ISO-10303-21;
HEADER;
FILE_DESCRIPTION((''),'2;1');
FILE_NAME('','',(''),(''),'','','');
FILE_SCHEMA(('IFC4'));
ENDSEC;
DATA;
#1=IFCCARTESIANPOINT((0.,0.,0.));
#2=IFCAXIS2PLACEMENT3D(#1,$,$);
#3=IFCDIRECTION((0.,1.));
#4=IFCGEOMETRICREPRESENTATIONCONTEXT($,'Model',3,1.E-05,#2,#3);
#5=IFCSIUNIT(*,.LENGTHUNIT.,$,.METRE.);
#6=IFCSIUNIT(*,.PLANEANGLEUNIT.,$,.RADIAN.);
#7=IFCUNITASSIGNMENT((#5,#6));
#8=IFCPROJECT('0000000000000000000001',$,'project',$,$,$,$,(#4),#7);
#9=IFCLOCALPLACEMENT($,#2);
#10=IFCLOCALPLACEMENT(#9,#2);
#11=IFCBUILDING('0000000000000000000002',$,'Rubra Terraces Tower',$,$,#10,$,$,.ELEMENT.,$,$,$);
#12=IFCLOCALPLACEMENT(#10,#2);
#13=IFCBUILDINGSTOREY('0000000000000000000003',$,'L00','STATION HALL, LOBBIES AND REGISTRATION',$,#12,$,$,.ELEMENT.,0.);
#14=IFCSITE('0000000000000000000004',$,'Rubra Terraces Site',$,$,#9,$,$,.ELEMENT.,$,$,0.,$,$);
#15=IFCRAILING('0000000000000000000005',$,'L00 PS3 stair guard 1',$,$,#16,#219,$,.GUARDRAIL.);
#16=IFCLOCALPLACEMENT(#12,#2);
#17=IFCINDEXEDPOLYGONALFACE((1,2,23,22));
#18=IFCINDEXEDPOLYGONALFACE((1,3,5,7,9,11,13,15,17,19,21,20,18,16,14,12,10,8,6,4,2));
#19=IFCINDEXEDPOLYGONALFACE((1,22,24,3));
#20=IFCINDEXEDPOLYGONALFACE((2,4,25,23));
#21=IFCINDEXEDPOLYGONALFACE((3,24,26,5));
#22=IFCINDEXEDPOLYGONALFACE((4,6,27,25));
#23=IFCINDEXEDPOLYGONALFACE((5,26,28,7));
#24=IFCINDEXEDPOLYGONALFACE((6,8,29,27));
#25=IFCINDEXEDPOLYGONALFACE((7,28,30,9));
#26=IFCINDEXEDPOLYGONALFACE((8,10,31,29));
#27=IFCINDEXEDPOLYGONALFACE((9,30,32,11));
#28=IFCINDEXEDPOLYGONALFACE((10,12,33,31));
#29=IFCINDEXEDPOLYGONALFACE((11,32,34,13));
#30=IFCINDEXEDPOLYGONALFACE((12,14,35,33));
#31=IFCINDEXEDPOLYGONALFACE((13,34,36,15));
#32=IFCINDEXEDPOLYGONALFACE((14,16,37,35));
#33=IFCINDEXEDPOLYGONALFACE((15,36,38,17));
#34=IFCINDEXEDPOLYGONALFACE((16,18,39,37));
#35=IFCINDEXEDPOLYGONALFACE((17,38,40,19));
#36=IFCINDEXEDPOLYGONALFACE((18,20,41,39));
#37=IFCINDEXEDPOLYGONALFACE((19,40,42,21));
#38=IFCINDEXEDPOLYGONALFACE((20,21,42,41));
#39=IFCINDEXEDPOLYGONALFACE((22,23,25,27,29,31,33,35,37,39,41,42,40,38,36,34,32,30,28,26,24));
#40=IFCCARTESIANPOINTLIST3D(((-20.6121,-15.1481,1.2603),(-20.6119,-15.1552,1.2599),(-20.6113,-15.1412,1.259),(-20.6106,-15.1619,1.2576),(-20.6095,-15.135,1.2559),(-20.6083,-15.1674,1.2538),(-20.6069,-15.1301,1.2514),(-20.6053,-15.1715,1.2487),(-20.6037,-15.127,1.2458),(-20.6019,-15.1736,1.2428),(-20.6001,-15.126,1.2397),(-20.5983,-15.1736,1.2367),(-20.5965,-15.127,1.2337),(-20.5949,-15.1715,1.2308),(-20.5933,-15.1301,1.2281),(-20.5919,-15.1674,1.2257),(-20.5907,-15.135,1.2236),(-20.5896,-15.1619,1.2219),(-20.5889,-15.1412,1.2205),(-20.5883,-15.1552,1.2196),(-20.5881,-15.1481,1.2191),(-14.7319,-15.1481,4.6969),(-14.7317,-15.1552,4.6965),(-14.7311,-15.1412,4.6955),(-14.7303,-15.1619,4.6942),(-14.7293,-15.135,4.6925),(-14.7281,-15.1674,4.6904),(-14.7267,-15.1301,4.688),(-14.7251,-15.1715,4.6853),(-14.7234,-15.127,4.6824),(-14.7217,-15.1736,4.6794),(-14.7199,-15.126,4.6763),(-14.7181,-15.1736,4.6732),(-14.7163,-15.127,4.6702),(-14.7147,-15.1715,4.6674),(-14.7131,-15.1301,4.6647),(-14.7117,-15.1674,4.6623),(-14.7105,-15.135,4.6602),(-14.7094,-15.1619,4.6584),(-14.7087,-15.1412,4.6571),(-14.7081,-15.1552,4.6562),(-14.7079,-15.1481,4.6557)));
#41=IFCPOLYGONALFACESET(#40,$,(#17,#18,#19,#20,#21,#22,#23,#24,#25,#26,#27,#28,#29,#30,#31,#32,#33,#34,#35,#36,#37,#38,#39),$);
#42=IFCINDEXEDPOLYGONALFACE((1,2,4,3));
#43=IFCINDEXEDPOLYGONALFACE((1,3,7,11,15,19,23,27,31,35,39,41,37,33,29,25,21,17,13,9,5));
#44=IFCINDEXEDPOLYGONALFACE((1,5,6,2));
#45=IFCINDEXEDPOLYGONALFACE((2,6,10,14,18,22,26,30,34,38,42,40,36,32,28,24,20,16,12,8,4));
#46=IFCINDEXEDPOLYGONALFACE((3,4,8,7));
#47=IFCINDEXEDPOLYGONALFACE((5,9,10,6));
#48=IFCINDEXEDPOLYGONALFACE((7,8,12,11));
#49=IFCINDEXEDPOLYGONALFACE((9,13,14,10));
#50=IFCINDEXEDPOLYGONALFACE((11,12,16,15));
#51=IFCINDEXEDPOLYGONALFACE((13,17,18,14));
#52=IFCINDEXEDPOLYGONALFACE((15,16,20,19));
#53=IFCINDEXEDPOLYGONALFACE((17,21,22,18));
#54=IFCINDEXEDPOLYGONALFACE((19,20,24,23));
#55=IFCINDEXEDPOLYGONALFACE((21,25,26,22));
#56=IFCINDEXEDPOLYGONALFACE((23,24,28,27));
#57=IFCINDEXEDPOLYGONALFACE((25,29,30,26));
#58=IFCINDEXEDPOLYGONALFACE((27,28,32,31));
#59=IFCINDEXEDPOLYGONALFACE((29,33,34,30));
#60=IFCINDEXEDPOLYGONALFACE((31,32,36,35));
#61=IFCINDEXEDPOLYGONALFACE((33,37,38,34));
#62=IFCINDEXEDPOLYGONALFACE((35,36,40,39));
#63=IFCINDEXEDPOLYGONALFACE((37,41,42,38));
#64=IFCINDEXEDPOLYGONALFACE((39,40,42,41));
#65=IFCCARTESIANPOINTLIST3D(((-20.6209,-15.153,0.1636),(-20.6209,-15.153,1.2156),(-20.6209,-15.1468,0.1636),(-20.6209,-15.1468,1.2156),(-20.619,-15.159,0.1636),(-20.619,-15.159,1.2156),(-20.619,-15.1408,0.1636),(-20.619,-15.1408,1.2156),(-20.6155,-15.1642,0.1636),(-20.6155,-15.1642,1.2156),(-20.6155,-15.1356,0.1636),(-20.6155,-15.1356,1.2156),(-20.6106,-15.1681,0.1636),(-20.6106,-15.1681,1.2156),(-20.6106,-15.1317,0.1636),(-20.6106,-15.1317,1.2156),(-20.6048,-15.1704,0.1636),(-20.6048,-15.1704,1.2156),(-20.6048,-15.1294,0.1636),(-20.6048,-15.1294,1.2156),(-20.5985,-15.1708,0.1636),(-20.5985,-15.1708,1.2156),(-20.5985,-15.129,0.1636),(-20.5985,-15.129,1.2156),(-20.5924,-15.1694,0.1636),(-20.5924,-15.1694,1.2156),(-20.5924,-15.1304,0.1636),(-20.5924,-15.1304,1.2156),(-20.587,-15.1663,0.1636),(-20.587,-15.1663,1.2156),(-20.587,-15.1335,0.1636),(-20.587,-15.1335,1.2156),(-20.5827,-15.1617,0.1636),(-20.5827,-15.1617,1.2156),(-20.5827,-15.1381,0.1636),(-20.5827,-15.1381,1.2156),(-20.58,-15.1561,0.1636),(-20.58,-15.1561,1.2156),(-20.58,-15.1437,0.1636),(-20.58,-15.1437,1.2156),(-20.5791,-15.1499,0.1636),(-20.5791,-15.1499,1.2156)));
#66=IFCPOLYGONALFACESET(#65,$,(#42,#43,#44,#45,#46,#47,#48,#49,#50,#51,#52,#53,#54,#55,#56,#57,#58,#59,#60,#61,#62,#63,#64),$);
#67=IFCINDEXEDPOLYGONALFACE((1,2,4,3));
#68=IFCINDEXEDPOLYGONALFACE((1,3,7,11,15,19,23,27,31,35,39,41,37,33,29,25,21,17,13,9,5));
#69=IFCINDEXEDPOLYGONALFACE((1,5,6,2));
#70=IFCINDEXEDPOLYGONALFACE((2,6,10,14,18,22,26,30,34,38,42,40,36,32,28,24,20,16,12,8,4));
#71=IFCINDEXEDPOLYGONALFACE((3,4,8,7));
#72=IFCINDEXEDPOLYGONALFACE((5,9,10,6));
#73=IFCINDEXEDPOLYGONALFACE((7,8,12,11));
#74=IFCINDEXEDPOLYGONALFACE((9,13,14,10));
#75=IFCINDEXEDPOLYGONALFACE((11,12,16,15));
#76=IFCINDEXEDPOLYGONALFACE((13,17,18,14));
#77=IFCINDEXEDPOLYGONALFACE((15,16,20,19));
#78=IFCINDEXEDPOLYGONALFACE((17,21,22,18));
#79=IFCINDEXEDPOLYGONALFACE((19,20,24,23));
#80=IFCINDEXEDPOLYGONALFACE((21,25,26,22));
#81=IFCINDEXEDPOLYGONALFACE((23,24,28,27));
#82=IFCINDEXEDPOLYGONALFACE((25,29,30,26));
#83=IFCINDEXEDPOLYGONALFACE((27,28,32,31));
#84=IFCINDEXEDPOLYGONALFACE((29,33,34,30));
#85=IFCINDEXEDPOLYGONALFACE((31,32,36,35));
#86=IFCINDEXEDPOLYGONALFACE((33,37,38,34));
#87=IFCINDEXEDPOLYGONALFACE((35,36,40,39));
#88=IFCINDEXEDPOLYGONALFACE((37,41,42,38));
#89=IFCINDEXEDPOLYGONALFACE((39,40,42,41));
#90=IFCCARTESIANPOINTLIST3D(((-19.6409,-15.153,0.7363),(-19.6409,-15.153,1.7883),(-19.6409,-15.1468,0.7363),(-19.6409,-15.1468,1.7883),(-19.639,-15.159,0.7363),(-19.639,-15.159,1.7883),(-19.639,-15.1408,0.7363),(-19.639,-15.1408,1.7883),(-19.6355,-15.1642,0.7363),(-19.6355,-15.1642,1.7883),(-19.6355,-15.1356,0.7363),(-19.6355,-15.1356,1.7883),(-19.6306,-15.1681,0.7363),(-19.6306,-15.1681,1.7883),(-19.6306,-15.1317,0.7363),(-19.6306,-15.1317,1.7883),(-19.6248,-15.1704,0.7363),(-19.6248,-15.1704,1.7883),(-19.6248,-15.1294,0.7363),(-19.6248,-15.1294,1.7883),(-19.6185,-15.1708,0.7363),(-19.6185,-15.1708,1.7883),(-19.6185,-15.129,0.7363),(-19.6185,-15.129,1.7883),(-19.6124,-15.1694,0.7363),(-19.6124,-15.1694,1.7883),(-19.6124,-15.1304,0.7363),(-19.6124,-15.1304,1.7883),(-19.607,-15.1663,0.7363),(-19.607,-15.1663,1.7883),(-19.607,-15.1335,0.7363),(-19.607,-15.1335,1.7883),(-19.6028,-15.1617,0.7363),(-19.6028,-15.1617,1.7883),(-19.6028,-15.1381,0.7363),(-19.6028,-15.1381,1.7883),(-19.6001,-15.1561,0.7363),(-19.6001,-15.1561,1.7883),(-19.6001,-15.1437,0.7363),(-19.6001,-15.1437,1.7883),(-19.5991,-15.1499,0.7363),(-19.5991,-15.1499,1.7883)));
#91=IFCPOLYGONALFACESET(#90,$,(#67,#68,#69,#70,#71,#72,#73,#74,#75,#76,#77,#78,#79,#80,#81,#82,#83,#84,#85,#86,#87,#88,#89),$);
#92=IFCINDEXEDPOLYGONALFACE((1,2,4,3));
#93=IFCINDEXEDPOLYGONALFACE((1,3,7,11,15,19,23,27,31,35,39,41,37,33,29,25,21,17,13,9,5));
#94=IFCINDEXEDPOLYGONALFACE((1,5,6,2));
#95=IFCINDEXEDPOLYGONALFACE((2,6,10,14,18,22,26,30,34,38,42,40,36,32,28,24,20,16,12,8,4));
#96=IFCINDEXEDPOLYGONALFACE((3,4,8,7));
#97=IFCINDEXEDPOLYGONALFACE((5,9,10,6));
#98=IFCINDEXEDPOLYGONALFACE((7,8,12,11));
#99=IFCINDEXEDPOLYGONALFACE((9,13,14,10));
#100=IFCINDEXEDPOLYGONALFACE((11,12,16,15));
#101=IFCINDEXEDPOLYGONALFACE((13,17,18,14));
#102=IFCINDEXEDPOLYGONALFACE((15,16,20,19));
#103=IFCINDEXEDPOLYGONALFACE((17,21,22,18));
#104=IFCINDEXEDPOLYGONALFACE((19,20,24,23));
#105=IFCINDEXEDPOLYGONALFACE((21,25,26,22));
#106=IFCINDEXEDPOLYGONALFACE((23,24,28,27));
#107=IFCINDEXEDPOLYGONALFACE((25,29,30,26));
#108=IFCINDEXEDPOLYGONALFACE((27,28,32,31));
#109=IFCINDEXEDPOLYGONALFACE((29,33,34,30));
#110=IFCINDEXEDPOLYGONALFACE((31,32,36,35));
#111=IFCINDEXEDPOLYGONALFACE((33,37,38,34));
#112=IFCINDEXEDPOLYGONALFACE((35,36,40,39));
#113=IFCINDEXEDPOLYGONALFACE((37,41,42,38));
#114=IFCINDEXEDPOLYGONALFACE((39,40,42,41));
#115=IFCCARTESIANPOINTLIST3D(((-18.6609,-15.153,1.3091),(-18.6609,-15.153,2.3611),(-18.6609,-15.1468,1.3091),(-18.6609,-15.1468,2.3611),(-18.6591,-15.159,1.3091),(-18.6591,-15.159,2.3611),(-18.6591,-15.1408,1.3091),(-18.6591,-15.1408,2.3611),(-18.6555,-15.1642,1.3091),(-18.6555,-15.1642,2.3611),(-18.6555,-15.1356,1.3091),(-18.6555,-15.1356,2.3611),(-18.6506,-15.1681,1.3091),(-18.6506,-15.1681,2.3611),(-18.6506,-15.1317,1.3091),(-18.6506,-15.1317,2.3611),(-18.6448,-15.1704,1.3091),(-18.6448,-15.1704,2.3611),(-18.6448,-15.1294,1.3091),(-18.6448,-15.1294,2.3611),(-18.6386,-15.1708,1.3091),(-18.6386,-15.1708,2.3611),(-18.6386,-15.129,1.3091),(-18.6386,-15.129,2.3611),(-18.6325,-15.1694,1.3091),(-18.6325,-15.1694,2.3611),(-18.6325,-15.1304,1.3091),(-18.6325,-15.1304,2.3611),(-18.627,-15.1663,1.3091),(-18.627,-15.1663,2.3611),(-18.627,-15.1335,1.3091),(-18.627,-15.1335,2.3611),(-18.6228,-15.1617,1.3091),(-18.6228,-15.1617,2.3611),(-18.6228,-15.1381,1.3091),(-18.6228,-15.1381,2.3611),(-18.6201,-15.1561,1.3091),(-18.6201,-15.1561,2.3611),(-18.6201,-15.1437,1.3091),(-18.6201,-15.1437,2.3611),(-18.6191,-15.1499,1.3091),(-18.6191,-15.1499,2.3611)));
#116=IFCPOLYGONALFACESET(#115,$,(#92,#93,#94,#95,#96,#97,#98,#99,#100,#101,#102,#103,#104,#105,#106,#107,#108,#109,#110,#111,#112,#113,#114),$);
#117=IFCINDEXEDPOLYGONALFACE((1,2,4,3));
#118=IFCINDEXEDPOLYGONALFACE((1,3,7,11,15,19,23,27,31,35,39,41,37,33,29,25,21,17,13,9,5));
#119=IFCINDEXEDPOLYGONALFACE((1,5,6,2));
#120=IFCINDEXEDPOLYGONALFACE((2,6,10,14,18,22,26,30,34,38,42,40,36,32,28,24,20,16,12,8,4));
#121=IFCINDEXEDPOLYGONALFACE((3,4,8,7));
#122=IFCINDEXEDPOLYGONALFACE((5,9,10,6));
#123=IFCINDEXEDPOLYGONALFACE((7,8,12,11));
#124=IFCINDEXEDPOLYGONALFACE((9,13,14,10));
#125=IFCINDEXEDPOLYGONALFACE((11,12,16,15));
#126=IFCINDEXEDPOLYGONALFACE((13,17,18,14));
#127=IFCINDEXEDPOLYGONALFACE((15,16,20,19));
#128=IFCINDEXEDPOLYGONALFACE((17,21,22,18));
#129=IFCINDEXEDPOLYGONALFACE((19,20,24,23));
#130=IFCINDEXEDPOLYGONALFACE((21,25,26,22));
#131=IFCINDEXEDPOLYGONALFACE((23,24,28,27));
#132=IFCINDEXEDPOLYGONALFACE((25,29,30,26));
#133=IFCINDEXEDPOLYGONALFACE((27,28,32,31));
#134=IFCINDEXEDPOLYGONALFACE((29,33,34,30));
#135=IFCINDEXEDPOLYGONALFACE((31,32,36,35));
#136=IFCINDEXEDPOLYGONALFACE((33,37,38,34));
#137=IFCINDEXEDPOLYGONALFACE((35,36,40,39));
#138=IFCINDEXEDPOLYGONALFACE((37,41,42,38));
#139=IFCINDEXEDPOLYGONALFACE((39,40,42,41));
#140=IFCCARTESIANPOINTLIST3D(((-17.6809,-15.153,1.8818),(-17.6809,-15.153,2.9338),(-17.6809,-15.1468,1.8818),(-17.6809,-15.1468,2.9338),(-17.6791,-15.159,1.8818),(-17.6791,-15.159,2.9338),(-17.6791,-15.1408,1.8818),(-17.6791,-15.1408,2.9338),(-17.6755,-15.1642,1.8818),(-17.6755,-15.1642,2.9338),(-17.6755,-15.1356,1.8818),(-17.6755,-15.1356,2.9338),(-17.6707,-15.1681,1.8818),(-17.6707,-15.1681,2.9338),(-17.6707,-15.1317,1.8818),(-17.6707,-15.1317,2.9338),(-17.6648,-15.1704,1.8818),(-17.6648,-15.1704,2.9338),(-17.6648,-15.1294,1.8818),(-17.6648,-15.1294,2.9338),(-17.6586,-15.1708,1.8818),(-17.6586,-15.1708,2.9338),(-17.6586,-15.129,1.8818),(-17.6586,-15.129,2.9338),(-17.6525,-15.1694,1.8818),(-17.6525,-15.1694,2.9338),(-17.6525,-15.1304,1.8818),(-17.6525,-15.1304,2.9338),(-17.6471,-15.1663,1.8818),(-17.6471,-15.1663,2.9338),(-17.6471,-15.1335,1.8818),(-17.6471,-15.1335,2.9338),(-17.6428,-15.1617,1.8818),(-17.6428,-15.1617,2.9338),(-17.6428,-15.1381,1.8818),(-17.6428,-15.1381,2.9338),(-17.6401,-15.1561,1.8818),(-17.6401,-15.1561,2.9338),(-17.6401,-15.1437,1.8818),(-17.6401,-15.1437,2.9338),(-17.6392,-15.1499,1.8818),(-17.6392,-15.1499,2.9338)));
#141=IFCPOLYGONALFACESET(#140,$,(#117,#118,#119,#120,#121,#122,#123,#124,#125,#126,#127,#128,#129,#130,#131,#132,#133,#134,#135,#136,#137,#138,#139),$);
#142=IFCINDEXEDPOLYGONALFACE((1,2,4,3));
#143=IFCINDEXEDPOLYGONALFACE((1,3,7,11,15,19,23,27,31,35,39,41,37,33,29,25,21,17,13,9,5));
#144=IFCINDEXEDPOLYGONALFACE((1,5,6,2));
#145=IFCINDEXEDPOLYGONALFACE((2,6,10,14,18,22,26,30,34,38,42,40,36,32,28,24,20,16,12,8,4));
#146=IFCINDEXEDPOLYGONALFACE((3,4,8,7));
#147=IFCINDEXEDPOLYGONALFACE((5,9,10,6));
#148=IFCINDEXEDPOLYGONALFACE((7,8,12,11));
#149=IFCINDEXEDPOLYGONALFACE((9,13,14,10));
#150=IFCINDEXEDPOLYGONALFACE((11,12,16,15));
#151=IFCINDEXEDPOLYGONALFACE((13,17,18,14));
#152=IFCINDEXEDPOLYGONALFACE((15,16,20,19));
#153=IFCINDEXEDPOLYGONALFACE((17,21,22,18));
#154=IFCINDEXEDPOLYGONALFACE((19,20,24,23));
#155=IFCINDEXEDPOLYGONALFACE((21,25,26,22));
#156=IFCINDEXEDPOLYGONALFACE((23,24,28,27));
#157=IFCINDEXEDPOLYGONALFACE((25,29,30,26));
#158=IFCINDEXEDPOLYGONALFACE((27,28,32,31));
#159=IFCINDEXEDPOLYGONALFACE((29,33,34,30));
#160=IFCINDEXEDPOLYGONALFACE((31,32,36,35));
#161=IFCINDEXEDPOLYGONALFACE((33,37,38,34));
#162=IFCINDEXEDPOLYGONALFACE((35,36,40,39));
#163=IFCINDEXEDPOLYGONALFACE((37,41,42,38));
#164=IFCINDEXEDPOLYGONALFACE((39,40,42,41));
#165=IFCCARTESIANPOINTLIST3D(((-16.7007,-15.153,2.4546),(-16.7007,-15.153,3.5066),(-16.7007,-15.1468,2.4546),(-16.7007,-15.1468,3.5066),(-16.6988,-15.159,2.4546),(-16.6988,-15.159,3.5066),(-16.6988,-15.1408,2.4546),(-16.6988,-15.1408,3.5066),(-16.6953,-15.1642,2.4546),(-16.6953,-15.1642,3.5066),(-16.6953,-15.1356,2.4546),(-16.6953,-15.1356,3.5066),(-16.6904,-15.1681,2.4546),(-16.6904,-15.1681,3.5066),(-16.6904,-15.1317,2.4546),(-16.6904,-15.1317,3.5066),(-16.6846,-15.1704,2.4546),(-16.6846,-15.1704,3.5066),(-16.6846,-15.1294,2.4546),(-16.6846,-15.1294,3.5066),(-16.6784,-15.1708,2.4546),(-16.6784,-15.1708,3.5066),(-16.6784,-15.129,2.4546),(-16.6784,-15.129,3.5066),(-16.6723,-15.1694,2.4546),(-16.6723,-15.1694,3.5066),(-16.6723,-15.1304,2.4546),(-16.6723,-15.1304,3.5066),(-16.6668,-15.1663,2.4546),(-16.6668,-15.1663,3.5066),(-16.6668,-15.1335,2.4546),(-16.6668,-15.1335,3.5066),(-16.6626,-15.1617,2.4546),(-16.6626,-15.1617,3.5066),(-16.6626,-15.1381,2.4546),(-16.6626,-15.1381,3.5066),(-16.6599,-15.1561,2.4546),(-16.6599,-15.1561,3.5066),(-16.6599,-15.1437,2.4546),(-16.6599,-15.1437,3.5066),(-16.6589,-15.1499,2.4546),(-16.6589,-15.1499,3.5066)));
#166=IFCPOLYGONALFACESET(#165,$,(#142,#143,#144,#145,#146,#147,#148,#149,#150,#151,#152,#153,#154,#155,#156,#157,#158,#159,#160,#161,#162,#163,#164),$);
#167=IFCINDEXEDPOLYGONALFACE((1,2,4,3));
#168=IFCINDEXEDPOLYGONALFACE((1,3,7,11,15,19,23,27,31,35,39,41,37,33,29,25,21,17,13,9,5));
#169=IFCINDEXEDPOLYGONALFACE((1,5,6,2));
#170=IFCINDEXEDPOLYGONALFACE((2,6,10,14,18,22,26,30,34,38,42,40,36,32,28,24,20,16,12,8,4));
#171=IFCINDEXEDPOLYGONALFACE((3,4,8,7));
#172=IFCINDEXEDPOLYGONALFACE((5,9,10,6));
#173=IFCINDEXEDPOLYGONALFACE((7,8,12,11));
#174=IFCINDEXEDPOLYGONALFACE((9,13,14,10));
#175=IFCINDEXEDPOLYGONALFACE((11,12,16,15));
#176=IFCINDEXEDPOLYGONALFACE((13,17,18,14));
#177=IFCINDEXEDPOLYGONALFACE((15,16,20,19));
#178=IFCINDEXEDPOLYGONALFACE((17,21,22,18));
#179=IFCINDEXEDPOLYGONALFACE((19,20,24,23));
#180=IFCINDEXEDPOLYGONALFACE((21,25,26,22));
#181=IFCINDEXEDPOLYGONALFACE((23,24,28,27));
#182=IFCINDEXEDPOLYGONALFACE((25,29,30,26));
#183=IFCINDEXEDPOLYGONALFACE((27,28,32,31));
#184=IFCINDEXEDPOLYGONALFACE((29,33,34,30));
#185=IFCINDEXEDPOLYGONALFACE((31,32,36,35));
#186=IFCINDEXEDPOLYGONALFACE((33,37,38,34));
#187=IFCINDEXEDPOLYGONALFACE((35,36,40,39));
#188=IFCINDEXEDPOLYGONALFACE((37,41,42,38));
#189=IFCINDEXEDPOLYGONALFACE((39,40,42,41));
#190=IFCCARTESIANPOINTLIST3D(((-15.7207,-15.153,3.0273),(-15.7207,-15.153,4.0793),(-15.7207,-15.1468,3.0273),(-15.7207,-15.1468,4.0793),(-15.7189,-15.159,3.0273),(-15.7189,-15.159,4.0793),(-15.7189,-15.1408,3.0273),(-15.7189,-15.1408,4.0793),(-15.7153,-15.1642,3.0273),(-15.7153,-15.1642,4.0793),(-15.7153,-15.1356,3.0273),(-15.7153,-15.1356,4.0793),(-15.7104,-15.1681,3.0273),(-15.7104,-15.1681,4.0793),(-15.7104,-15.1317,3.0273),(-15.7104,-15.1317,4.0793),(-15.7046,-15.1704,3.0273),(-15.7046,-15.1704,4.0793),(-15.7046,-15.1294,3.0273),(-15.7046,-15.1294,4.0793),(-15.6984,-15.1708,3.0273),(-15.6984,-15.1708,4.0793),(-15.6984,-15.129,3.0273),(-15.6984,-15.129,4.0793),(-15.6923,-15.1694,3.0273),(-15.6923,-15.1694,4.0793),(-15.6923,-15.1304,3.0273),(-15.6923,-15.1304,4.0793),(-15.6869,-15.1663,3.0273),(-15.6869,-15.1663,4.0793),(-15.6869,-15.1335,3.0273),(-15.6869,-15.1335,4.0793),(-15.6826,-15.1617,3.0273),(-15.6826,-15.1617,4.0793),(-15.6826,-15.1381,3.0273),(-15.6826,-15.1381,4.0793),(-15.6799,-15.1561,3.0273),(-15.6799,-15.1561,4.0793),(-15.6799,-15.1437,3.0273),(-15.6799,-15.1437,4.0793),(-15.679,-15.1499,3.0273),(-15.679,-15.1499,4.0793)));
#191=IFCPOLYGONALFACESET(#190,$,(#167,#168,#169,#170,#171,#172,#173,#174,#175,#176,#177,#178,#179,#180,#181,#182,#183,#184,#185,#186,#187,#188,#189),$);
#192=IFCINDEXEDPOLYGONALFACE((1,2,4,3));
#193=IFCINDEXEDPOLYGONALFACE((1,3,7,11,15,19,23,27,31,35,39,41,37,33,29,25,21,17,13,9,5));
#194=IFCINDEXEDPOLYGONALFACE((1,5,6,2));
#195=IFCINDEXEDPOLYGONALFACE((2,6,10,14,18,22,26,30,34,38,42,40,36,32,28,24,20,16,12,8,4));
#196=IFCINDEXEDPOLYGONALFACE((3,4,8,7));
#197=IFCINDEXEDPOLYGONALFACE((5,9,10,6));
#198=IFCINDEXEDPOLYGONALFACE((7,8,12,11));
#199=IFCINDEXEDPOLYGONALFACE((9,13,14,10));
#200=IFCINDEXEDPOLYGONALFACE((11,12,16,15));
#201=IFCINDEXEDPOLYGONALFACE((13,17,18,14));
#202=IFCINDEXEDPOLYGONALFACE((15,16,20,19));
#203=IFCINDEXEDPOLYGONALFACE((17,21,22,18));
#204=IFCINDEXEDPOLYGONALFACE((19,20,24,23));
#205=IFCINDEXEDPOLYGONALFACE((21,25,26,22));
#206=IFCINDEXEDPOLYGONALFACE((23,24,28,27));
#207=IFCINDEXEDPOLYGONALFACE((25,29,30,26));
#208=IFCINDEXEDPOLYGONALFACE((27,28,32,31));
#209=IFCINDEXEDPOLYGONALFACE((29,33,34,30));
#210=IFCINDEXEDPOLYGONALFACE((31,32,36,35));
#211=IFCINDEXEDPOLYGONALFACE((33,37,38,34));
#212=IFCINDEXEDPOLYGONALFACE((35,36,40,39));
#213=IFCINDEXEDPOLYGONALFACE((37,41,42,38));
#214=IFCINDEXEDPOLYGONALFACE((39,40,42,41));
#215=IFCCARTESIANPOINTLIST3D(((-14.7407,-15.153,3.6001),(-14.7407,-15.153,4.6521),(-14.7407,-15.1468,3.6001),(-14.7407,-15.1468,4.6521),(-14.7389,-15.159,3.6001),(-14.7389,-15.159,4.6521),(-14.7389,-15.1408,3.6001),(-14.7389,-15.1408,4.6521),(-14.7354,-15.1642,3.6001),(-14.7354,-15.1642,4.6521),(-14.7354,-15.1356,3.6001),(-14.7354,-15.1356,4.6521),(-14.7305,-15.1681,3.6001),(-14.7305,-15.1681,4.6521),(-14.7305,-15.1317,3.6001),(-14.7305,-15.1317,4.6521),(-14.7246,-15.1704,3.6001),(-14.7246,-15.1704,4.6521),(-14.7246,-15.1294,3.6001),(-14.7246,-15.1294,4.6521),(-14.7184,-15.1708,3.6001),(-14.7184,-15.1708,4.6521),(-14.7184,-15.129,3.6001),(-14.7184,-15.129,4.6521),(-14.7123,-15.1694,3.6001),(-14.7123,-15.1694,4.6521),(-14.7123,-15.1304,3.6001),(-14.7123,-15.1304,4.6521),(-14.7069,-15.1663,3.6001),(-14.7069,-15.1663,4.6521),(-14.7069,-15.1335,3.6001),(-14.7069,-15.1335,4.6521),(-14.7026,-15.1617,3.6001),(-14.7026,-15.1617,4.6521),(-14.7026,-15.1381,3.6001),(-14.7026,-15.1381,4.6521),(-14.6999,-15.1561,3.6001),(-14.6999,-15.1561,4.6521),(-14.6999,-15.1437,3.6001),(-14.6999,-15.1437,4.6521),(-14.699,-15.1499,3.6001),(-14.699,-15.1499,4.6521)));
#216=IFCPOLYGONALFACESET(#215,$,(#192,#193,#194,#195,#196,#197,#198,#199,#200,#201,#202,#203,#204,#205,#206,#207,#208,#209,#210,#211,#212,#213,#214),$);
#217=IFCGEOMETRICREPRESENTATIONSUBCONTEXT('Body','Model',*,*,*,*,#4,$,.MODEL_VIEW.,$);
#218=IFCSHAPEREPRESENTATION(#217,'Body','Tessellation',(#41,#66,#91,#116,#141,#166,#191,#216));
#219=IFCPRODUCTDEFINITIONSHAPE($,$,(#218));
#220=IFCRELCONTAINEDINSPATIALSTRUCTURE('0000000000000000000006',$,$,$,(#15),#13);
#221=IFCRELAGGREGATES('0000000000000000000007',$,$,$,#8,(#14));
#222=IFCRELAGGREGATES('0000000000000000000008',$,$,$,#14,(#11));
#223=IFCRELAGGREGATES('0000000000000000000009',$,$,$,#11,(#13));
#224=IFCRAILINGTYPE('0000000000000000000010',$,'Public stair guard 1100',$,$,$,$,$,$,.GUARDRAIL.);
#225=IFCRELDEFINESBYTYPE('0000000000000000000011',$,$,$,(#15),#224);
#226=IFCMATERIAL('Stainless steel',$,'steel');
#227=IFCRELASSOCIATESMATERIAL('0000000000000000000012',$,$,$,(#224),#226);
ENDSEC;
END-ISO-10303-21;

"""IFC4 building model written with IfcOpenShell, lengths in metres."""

from ifc_helpers import new_model, si_unit, direction, frame, origin, origin_2d, place, context, subcontext, project, spatial, circle, extrude, material, type_object, element, save


model = new_model("IFC4")

# Units and contexts
model_context = context("Model", 3, precision=1e-05, world=origin(), true_north=direction((0.0, 1.0)))
body_context = subcontext(model_context, "Body", "Model", "MODEL_VIEW")
ifc_project = project(units=[si_unit("LENGTHUNIT", "METRE"), si_unit("PLANEANGLEUNIT", "RADIAN")], contexts=[model_context])

# Site, building, storey
site_placement = place(None, origin())
site = spatial("IfcSite", under=ifc_project, at=site_placement, Name="Rubra Terraces Site", CompositionType="ELEMENT", RefElevation=0.0)
building_placement = place(site_placement, origin())
building = spatial("IfcBuilding", under=site, at=building_placement, Name="Rubra Terraces Tower", CompositionType="ELEMENT")
storey_placement = place(building_placement, origin())
storey = spatial("IfcBuildingStorey", under=building, at=storey_placement, Name="L00", Description="STATION HALL, LOBBIES AND REGISTRATION", CompositionType="ELEMENT", Elevation=0.0)

# Railing
ifc_material_1 = material(Name="Stainless steel", Category="steel")
railing_type_1 = type_object("IfcRailingType", Name="Public stair guard 1100", PredefinedType="GUARDRAIL", material=ifc_material_1)
railing_1_placement = place(storey_placement, frame((-20.6001, -15.1499, 0.1636)))
element("IfcRailing", 1, at=railing_1_placement, inside=storey, type_object=railing_type_1, Name="L00 PS3 stair guard 1", PredefinedType="GUARDRAIL", context=body_context, shape_type="SweptSolid", body=[
    extrude(circle(Radius=0.0239, at=origin_2d()), frame((0.0, 0.0, 1.0762), z_axis=(0.863366, 0.0, 0.504577), x_axis=(0.0, 1.0, 0.0)), (0.0, 0.0, 1.0), 6.8108),
    extrude(circle(Radius=0.021, at=origin_2d()), origin(), (0.0, 0.0, 1.0), 1.052),
    extrude(circle(Radius=0.021, at=origin_2d()), frame((0.98, 0.0, 0.5728)), (0.0, 0.0, 1.0), 1.052),
    extrude(circle(Radius=0.021, at=origin_2d()), frame((1.96, 0.0, 1.1455)), (0.0, 0.0, 1.0), 1.052),
    extrude(circle(Radius=0.021, at=origin_2d()), frame((2.9399, 0.0, 1.7183)), (0.0, 0.0, 1.0), 1.052),
    extrude(circle(Radius=0.021, at=origin_2d()), frame((3.9202, 0.0, 2.291)), (0.0, 0.0, 1.0), 1.052),
    extrude(circle(Radius=0.021, at=origin_2d()), frame((4.9001, 0.0, 2.8638)), (0.0, 0.0, 1.0), 1.052),
    extrude(circle(Radius=0.021, at=origin_2d()), frame((5.8801, 0.0, 3.4365)), (0.0, 0.0, 1.0), 1.052),
])

save(model, "model.ifc")
